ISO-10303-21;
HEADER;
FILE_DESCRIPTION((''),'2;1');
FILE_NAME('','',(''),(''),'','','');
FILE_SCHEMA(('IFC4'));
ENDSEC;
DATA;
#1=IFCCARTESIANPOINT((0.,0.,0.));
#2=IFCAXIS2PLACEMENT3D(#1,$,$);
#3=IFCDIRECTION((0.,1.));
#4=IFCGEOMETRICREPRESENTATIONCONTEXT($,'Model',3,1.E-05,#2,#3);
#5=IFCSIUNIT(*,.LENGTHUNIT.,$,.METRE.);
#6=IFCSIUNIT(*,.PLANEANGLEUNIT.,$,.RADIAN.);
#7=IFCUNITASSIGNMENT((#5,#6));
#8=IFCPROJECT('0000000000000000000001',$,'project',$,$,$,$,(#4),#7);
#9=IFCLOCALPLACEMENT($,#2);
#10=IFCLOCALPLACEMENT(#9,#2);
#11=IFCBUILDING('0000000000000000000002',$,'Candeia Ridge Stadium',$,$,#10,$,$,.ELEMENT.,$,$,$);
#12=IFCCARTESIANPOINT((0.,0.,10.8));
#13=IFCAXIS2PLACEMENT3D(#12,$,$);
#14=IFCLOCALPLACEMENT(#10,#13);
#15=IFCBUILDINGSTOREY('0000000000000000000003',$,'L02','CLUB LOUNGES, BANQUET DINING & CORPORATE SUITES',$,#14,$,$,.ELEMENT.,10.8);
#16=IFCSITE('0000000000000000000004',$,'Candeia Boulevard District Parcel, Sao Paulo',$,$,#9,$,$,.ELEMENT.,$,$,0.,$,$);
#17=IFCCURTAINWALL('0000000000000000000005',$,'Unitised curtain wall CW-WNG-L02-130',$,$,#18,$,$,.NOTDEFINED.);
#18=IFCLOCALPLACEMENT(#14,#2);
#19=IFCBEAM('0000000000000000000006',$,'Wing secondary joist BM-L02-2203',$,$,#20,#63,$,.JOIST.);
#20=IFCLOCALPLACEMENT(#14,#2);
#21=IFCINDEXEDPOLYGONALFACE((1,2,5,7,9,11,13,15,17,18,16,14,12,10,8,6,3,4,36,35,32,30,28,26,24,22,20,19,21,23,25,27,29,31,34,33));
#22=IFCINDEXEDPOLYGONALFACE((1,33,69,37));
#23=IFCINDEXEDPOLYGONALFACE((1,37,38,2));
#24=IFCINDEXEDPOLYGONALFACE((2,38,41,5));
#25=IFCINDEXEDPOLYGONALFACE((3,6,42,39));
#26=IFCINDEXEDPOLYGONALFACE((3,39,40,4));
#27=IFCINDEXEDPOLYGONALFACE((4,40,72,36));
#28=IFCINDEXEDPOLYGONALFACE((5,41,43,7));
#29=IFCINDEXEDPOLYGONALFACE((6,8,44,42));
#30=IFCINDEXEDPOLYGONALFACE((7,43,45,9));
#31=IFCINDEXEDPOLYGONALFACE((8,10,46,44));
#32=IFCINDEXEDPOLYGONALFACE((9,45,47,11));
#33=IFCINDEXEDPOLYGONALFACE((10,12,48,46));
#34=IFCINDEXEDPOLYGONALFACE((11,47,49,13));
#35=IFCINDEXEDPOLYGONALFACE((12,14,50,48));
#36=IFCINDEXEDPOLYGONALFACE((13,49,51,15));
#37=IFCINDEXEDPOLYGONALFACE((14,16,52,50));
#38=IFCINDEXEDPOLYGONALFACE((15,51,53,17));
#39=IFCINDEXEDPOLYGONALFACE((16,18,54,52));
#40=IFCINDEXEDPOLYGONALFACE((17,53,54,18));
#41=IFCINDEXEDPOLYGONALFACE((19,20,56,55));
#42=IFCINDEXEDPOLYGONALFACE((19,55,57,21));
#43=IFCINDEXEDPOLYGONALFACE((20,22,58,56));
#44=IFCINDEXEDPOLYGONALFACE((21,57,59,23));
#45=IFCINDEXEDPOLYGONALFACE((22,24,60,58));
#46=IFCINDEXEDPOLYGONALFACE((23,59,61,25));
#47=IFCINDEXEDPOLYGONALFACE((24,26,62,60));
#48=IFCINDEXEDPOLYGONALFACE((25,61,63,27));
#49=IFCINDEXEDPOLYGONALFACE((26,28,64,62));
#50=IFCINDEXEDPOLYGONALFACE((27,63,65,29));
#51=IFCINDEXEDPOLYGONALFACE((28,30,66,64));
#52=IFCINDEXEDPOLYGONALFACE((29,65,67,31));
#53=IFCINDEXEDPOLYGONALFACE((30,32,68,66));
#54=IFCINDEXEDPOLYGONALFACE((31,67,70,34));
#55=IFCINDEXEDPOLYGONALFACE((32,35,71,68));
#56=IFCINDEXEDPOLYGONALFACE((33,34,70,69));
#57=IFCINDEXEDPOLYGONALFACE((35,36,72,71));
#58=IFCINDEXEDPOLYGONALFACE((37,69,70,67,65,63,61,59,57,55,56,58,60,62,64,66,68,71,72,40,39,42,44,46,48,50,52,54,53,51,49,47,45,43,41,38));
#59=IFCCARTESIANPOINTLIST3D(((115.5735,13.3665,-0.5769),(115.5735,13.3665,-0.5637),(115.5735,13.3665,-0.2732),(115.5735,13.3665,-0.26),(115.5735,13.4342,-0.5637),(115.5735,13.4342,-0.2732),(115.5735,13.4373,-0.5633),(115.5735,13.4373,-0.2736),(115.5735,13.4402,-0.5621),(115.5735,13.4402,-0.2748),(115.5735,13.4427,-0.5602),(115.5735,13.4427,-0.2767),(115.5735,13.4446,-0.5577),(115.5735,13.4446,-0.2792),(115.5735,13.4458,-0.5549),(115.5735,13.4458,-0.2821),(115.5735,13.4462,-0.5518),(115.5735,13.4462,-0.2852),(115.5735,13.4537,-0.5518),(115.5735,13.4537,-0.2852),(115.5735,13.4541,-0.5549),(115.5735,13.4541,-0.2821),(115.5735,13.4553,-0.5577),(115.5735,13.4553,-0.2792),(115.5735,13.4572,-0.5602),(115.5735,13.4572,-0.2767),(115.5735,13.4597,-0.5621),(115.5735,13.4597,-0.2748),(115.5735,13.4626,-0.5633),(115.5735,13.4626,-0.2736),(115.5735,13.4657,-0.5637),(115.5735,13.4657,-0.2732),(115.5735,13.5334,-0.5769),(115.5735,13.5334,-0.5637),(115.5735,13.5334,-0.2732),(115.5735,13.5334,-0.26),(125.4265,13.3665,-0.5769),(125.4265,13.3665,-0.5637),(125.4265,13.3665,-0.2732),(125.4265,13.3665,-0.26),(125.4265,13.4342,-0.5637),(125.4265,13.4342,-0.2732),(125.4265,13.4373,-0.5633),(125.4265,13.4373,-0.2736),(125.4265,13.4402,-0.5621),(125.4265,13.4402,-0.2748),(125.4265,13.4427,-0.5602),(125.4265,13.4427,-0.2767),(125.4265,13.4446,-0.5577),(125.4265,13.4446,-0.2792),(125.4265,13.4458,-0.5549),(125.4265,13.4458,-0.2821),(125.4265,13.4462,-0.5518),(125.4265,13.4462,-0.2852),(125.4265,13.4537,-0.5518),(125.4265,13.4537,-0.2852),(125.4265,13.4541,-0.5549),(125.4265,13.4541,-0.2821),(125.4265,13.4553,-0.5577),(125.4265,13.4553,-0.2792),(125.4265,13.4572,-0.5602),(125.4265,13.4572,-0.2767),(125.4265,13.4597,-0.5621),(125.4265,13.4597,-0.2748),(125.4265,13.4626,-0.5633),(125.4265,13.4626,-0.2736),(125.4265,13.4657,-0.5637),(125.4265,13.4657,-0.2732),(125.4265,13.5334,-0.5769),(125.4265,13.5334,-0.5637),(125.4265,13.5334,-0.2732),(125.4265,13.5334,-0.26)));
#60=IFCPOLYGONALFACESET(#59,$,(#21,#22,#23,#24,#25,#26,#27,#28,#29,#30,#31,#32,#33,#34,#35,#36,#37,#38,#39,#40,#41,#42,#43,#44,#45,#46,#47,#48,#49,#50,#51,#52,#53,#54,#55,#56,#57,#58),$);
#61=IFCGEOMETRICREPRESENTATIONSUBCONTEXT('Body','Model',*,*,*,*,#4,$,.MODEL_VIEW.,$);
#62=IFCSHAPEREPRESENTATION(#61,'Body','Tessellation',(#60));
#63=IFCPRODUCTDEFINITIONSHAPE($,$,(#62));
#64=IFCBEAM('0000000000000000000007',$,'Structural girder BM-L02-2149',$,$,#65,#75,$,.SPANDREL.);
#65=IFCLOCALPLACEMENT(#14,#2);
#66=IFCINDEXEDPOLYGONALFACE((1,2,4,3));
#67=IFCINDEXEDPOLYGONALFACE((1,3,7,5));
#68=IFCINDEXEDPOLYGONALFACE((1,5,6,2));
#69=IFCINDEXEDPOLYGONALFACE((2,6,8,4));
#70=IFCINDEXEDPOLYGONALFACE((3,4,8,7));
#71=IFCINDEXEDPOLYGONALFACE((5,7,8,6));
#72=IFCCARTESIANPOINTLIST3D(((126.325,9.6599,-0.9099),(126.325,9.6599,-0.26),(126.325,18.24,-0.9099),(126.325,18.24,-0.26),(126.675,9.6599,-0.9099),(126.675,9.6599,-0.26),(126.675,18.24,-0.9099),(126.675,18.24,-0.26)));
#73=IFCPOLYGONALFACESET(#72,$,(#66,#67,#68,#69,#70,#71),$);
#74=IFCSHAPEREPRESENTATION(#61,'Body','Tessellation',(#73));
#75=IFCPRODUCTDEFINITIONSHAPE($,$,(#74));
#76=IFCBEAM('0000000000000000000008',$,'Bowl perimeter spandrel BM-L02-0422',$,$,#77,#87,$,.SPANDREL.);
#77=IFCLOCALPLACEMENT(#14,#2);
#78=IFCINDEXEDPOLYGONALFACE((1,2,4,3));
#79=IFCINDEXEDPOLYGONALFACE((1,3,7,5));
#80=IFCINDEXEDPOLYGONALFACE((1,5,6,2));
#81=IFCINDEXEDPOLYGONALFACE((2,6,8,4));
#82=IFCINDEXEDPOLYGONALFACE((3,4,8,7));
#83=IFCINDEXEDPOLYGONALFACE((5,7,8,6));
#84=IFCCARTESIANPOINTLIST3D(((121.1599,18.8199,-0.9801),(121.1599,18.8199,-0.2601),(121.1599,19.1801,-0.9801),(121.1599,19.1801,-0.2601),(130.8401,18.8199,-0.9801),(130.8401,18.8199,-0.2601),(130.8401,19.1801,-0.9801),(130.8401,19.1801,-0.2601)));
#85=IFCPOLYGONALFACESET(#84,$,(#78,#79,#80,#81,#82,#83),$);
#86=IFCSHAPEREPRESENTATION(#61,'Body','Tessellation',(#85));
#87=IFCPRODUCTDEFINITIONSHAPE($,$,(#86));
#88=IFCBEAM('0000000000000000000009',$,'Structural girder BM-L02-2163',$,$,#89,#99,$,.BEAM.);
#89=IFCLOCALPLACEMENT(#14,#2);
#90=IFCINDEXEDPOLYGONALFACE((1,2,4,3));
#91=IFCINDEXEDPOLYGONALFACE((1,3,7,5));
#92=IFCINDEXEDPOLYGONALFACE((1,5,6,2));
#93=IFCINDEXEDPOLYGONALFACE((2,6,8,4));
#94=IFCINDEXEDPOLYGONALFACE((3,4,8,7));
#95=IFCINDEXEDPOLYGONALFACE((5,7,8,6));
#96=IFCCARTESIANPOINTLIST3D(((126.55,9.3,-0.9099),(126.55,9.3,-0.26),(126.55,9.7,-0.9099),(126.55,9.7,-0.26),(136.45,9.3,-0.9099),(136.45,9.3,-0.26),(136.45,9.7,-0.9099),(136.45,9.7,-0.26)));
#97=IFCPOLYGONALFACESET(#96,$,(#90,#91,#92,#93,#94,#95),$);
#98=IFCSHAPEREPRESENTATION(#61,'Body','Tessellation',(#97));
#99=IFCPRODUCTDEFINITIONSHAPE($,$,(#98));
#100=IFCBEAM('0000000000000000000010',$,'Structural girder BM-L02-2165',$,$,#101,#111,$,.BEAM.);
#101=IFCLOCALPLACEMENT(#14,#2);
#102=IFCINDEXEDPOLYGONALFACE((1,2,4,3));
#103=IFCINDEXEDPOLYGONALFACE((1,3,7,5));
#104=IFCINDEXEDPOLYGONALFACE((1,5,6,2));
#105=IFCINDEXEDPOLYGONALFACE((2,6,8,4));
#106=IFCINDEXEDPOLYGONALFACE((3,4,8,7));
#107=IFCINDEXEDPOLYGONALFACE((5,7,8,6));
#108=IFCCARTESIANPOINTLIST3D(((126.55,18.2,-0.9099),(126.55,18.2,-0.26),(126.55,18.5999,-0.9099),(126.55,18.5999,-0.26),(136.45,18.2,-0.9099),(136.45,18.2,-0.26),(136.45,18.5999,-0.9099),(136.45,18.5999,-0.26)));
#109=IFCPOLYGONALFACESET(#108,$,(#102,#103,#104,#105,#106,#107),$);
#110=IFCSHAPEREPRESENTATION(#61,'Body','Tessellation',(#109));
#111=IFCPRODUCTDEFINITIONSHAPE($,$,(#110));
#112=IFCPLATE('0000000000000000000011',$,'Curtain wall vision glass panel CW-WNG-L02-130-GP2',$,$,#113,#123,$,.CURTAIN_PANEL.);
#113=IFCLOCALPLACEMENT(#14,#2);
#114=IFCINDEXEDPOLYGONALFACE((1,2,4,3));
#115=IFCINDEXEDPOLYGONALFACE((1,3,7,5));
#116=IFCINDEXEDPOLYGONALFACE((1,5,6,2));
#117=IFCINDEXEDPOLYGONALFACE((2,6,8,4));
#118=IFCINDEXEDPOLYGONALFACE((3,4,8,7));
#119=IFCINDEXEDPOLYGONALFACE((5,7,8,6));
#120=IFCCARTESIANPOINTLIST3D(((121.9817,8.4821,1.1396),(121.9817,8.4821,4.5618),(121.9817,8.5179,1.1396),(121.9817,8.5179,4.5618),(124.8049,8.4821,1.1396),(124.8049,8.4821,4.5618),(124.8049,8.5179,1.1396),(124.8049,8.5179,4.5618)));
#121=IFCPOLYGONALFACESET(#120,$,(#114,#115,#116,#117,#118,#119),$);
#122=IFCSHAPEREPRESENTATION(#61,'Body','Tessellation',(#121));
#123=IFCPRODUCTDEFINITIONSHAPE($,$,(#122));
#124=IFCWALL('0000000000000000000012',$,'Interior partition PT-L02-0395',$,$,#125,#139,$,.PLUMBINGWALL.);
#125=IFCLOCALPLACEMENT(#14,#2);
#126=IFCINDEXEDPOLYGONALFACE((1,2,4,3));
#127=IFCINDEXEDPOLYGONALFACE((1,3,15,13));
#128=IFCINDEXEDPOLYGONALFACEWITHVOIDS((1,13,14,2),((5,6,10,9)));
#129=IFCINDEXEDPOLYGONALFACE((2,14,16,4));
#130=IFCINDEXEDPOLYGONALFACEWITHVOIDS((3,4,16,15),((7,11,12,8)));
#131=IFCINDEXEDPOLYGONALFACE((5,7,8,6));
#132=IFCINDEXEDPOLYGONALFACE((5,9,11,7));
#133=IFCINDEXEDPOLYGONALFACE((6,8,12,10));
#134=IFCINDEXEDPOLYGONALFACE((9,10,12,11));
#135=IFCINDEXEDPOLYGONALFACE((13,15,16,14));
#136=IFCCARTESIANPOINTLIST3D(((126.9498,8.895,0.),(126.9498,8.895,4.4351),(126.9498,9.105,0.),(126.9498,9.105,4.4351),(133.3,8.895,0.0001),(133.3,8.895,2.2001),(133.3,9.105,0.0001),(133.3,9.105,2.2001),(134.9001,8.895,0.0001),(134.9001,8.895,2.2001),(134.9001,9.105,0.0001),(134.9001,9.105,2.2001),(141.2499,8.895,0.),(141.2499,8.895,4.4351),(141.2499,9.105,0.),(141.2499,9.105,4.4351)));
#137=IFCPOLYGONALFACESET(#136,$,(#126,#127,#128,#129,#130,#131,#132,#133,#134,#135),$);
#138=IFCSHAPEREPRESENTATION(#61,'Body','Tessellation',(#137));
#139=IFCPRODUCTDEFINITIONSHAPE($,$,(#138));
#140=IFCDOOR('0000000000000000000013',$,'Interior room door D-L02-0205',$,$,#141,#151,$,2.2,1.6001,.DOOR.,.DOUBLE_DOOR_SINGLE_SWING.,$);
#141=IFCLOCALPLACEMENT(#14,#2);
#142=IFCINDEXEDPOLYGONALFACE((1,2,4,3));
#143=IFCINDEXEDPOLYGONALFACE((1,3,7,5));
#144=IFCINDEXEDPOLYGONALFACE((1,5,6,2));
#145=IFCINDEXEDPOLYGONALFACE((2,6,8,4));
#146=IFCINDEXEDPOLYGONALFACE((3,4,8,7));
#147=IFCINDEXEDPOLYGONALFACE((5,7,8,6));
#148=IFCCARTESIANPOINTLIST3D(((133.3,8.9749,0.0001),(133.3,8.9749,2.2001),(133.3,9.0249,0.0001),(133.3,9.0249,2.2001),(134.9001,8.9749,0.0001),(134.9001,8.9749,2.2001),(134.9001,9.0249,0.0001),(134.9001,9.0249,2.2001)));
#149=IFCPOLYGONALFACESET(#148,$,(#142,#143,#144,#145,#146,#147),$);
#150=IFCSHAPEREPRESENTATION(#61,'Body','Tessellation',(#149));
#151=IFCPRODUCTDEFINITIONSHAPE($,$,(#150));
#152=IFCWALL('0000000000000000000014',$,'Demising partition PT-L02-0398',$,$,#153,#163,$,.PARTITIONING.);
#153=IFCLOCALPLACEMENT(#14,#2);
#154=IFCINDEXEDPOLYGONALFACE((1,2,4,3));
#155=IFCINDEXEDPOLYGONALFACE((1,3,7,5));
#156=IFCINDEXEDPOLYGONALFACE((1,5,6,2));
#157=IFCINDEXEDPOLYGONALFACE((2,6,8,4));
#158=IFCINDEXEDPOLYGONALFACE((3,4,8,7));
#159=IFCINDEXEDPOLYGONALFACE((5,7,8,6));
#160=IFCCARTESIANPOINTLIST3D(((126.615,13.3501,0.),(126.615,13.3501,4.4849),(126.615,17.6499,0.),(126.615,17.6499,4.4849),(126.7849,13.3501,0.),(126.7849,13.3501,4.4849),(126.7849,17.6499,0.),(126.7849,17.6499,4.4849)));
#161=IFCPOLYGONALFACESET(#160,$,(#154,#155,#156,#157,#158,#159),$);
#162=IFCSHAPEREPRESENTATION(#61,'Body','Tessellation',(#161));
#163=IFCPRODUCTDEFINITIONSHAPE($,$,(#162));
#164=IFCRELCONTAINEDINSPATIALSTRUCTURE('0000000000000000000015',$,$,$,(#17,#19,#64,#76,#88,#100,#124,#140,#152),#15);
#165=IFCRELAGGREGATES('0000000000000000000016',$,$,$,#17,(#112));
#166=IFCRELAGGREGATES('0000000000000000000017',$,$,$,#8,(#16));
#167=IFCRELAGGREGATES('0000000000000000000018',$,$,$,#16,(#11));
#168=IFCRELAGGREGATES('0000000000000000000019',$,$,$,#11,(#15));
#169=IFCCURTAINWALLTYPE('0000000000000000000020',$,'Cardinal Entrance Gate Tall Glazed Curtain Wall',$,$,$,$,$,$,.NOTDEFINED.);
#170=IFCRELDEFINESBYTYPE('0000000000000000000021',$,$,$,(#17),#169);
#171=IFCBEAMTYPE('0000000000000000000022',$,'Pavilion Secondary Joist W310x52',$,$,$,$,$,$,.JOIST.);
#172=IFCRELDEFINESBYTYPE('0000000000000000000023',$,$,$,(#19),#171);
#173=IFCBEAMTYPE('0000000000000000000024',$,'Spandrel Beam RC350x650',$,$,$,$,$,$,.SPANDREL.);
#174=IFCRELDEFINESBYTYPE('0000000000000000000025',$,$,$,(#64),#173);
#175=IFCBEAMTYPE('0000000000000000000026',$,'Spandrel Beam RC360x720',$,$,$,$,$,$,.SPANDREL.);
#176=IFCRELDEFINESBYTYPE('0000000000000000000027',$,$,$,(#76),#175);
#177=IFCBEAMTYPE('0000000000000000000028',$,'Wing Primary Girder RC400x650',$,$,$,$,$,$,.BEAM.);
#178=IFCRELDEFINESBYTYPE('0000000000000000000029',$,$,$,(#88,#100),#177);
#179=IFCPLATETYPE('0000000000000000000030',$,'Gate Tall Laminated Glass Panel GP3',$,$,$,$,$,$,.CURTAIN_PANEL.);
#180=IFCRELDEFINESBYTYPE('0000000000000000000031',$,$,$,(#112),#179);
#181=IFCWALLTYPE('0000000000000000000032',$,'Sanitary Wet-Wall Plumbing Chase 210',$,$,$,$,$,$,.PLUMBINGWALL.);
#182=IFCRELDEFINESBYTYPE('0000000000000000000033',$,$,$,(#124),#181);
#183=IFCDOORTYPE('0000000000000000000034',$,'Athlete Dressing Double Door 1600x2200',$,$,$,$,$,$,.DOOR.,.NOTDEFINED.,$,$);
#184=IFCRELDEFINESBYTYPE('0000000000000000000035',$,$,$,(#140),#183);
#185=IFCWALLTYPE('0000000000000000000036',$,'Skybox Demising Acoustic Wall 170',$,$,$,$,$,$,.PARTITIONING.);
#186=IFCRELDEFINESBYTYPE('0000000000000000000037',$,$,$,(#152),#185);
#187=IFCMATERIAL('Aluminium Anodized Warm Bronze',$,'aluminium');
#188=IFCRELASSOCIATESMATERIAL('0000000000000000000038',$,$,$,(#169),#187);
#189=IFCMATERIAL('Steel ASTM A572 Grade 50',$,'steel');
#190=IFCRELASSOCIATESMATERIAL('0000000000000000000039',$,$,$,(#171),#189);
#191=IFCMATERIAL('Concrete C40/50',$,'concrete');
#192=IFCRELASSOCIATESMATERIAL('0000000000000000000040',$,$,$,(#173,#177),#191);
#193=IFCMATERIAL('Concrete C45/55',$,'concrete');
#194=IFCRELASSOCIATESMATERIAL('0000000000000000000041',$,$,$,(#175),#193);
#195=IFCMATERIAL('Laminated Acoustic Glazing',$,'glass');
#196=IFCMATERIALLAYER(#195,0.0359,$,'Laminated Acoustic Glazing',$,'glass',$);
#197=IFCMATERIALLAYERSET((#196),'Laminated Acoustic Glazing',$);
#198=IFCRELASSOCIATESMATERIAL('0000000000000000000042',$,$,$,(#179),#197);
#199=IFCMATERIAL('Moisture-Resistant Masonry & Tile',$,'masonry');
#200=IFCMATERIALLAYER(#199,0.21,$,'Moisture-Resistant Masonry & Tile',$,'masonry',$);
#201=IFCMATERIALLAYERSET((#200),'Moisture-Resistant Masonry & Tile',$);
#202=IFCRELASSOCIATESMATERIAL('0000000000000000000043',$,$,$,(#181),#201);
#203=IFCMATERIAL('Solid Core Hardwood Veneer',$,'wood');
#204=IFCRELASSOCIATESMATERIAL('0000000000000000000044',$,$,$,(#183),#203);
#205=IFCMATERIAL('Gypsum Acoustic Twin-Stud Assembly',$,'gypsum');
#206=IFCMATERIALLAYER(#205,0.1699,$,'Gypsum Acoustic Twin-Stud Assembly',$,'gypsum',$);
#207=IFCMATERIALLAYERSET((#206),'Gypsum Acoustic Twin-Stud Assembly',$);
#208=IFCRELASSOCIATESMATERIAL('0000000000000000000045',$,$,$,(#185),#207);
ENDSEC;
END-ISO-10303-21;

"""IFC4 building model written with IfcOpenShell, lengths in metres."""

from ifc_helpers import new_model, si_unit, direction, frame, frame_2d, origin, origin_2d, place, context, subcontext, project, spatial, rectangle, i_section, extrude, material, layer, layer_set, material_profile, profile_set, type_object, element, fill, aggregate, save


model = new_model("IFC4")

# Units and contexts
model_context = context("Model", 3, precision=1e-05, world=origin(), true_north=direction((0.0, 1.0)))
body_context = subcontext(model_context, "Body", "Model", "MODEL_VIEW")
ifc_project = project(units=[si_unit("LENGTHUNIT", "METRE"), si_unit("PLANEANGLEUNIT", "RADIAN")], contexts=[model_context])

# Site, building, storey
site_placement = place(None, origin())
site = spatial("IfcSite", under=ifc_project, at=site_placement, Name="Candeia Boulevard District Parcel, Sao Paulo", CompositionType="ELEMENT", RefElevation=0.0)
building_placement = place(site_placement, origin())
building = spatial("IfcBuilding", under=site, at=building_placement, Name="Candeia Ridge Stadium", CompositionType="ELEMENT")
storey_placement = place(building_placement, frame((0.0, 0.0, 10.8)))
storey = spatial("IfcBuildingStorey", under=building, at=storey_placement, Name="L02", Description="CLUB LOUNGES, BANQUET DINING & CORPORATE SUITES", CompositionType="ELEMENT", Elevation=10.8)

# Shared definitions
ifc_material_1 = material(Name="Steel ASTM A572 Grade 50", Category="steel")
ifc_material_2 = material(Name="Concrete C40/50", Category="concrete")

# Curtain wall
ifc_material_3 = material(Name="Aluminium Anodized Warm Bronze", Category="aluminium")
curtain_wall_type = type_object("IfcCurtainWallType", Name="Cardinal Entrance Gate Tall Glazed Curtain Wall", PredefinedType="NOTDEFINED", material=ifc_material_3)
curtain_wall_placement = place(storey_placement, origin())
curtain_wall = element("IfcCurtainWall", 1, at=curtain_wall_placement, inside=storey, type_object=curtain_wall_type, Name="Unitised curtain wall CW-WNG-L02-130", PredefinedType="NOTDEFINED")

# Beams
ifc_material_profile_1 = material_profile(ifc_material_1, i_section(OverallWidth=0.167, OverallDepth=0.3169, WebThickness=0.0076, FlangeThickness=0.0132, FilletRadius=0.012, at=origin_2d()), Name="W310x52", Category="steel")
ifc_profile_set_1 = profile_set([ifc_material_profile_1], Name="Steel ASTM A572 Grade 50")
beam_type_1 = type_object("IfcBeamType", Name="Pavilion Secondary Joist W310x52", PredefinedType="JOIST", material=ifc_profile_set_1)
beam_1_placement = place(storey_placement, frame((115.5735, 13.45, -0.4185), z_axis=(1.0, 0.0, 0.0), x_axis=(0.0, 1.0, 0.0)))
element("IfcBeam", 2, at=beam_1_placement, inside=storey, type_object=beam_type_1, Name="Wing secondary joist BM-L02-2203", PredefinedType="JOIST", context=body_context, shape_type="SweptSolid", body=[
    extrude(i_section(OverallWidth=0.167, OverallDepth=0.3169, WebThickness=0.0076, FlangeThickness=0.0132, FilletRadius=0.012, at=origin_2d()), origin(), (0.0, 0.0, 1.0), 9.853),
])
ifc_material_profile_2 = material_profile(ifc_material_2, rectangle(XDim=0.3501, YDim=0.6499, at=origin_2d()), Name="RC350x650", Category="concrete")
ifc_profile_set_2 = profile_set([ifc_material_profile_2], Name="Concrete C40/50")
beam_type_2 = type_object("IfcBeamType", Name="Spandrel Beam RC350x650", PredefinedType="SPANDREL", material=ifc_profile_set_2)
beam_2_placement = place(storey_placement, frame((126.5, 9.6599, -0.585), z_axis=(0.0, 1.0, 0.0), x_axis=(-1.0, 0.0, 0.0)))
element("IfcBeam", 3, at=beam_2_placement, inside=storey, type_object=beam_type_2, Name="Structural girder BM-L02-2149", PredefinedType="SPANDREL", context=body_context, shape_type="SweptSolid", body=[
    extrude(rectangle(XDim=0.3501, YDim=0.6499, at=origin_2d()), origin(), (0.0, 0.0, 1.0), 8.5801),
])
ifc_material_4 = material(Name="Concrete C45/55", Category="concrete")
ifc_material_profile_3 = material_profile(ifc_material_4, rectangle(XDim=0.3601, YDim=0.72, at=origin_2d()), Name="RC360x720", Category="concrete")
ifc_profile_set_3 = profile_set([ifc_material_profile_3], Name="Concrete C45/55")
beam_type_3 = type_object("IfcBeamType", Name="Spandrel Beam RC360x720", PredefinedType="SPANDREL", material=ifc_profile_set_3)
beam_3_placement = place(storey_placement, frame((121.1599, 19.0, -0.6201), z_axis=(1.0, 0.0, 0.0), x_axis=(0.0, 1.0, 0.0)))
element("IfcBeam", 4, at=beam_3_placement, inside=storey, type_object=beam_type_3, Name="Bowl perimeter spandrel BM-L02-0422", PredefinedType="SPANDREL", context=body_context, shape_type="SweptSolid", body=[
    extrude(rectangle(XDim=0.3601, YDim=0.72, at=origin_2d()), origin(), (0.0, 0.0, 1.0), 9.6802),
])
ifc_material_profile_4 = material_profile(ifc_material_2, rectangle(XDim=0.3999, YDim=0.6499, at=origin_2d()), Name="RC400x650", Category="concrete")
ifc_profile_set_4 = profile_set([ifc_material_profile_4], Name="Concrete C40/50")
beam_type_4 = type_object("IfcBeamType", Name="Wing Primary Girder RC400x650", PredefinedType="BEAM", material=ifc_profile_set_4)
for number, where, z_axis, x_axis, name in (
    (5, (126.55, 9.5, -0.585), (1.0, 0.0, 0.0), (0.0, 1.0, 0.0), "Structural girder BM-L02-2163"),
    (6, (126.55, 18.3999, -0.585), (1.0, 0.0, 0.0), (0.0, 1.0, 0.0), "Structural girder BM-L02-2165"),
):
    element("IfcBeam", number, at=place(storey_placement, frame(where, z_axis=z_axis, x_axis=x_axis)), inside=storey, type_object=beam_type_4, Name=name, PredefinedType="BEAM", context=body_context, shape_type="SweptSolid", body=[
        extrude(rectangle(XDim=0.3999, YDim=0.6499, at=origin_2d()), origin(), (0.0, 0.0, 1.0), 9.8999),
    ])

# Plate
ifc_material_5 = material(Name="Laminated Acoustic Glazing", Category="glass")
ifc_layer_1 = layer(ifc_material_5, 0.0359, Name="Laminated Acoustic Glazing", Category="glass")
ifc_layer_set_1 = layer_set([ifc_layer_1], Name="Laminated Acoustic Glazing")
plate_type = type_object("IfcPlateType", Name="Gate Tall Laminated Glass Panel GP3", PredefinedType="CURTAIN_PANEL", material=ifc_layer_set_1)
plate_placement = place(storey_placement, frame((123.3933, 8.5, 1.1396), z_axis=(0.0, 0.0, 1.0), x_axis=(1.0, 0.0, 0.0)))
plate = element("IfcPlate", 7, at=plate_placement, type_object=plate_type, Name="Curtain wall vision glass panel CW-WNG-L02-130-GP2", PredefinedType="CURTAIN_PANEL", context=body_context, shape_type="SweptSolid", body=[
    extrude(rectangle(XDim=2.8232, YDim=0.0359, at=origin_2d()), origin(), (0.0, 0.0, 1.0), 3.4221),
])
aggregate(curtain_wall, [plate])

# Wall, opening, door
ifc_material_6 = material(Name="Moisture-Resistant Masonry & Tile", Category="masonry")
ifc_layer_2 = layer(ifc_material_6, 0.21, Name="Moisture-Resistant Masonry & Tile", Category="masonry")
ifc_layer_set_2 = layer_set([ifc_layer_2], Name="Moisture-Resistant Masonry & Tile")
wall_type_1 = type_object("IfcWallType", Name="Sanitary Wet-Wall Plumbing Chase 210", PredefinedType="PLUMBINGWALL", material=ifc_layer_set_2)
wall_1_placement = place(storey_placement, frame((126.95, 9.0, 0.0), z_axis=(0.0, 0.0, 1.0), x_axis=(1.0, 0.0, 0.0)))
wall_1 = element("IfcWall", 8, at=wall_1_placement, inside=storey, type_object=wall_type_1, Name="Interior partition PT-L02-0395", PredefinedType="PLUMBINGWALL", context=body_context, shape_type="SweptSolid", body=[
    extrude(rectangle(XDim=14.3, YDim=0.21, at=frame_2d((7.1499, 0.0))), origin(), (0.0, 0.0, 1.0), 4.4351),
])
opening_1_placement = place(wall_1_placement, frame((6.3501, 0.0, 0.0)))
opening_1 = element("IfcOpeningElement", 9, at=opening_1_placement, cuts=wall_1, PredefinedType="OPENING", context=body_context, shape_type="SweptSolid", body=[
    extrude(rectangle(XDim=1.6001, YDim=2.2, at=frame_2d((0.8, 1.1001))), frame((0.0, 0.115, 0.0), z_axis=(0.0, -1.0, 0.0), x_axis=(1.0, 0.0, 0.0)), (0.0, 0.0, 1.0), 0.23),
])
ifc_material_7 = material(Name="Solid Core Hardwood Veneer", Category="wood")
door_type_1 = type_object("IfcDoorType", Name="Athlete Dressing Double Door 1600x2200", OperationType="NOTDEFINED", PredefinedType="DOOR", material=ifc_material_7)
door_1_placement = place(opening_1_placement, origin())
door_1 = element("IfcDoor", 10, at=door_1_placement, inside=storey, type_object=door_type_1, Name="Interior room door D-L02-0205", OperationType="DOUBLE_DOOR_SINGLE_SWING", OverallHeight=2.2, OverallWidth=1.6001, PredefinedType="DOOR", context=body_context, shape_type="SweptSolid", body=[
    extrude(rectangle(XDim=1.6001, YDim=2.2, at=frame_2d((0.8, 1.1001))), frame((0.0, 0.0249, 0.0), z_axis=(0.0, -1.0, 0.0), x_axis=(1.0, 0.0, 0.0)), (0.0, 0.0, 1.0), 0.05),
])
fill(opening_1, door_1)

# Wall
ifc_material_8 = material(Name="Gypsum Acoustic Twin-Stud Assembly", Category="gypsum")
ifc_layer_3 = layer(ifc_material_8, 0.1699, Name="Gypsum Acoustic Twin-Stud Assembly", Category="gypsum")
ifc_layer_set_3 = layer_set([ifc_layer_3], Name="Gypsum Acoustic Twin-Stud Assembly")
wall_type_2 = type_object("IfcWallType", Name="Skybox Demising Acoustic Wall 170", PredefinedType="PARTITIONING", material=ifc_layer_set_3)
wall_2_placement = place(storey_placement, frame((126.7, 13.3501, 0.0), z_axis=(0.0, 0.0, 1.0), x_axis=(0.0, 1.0, 0.0)))
element("IfcWall", 11, at=wall_2_placement, inside=storey, type_object=wall_type_2, Name="Demising partition PT-L02-0398", PredefinedType="PARTITIONING", context=body_context, shape_type="SweptSolid", body=[
    extrude(rectangle(XDim=4.2998, YDim=0.1699, at=frame_2d((2.1499, 0.0))), origin(), (0.0, 0.0, 1.0), 4.4849),
])

save(model, "model.ifc")
